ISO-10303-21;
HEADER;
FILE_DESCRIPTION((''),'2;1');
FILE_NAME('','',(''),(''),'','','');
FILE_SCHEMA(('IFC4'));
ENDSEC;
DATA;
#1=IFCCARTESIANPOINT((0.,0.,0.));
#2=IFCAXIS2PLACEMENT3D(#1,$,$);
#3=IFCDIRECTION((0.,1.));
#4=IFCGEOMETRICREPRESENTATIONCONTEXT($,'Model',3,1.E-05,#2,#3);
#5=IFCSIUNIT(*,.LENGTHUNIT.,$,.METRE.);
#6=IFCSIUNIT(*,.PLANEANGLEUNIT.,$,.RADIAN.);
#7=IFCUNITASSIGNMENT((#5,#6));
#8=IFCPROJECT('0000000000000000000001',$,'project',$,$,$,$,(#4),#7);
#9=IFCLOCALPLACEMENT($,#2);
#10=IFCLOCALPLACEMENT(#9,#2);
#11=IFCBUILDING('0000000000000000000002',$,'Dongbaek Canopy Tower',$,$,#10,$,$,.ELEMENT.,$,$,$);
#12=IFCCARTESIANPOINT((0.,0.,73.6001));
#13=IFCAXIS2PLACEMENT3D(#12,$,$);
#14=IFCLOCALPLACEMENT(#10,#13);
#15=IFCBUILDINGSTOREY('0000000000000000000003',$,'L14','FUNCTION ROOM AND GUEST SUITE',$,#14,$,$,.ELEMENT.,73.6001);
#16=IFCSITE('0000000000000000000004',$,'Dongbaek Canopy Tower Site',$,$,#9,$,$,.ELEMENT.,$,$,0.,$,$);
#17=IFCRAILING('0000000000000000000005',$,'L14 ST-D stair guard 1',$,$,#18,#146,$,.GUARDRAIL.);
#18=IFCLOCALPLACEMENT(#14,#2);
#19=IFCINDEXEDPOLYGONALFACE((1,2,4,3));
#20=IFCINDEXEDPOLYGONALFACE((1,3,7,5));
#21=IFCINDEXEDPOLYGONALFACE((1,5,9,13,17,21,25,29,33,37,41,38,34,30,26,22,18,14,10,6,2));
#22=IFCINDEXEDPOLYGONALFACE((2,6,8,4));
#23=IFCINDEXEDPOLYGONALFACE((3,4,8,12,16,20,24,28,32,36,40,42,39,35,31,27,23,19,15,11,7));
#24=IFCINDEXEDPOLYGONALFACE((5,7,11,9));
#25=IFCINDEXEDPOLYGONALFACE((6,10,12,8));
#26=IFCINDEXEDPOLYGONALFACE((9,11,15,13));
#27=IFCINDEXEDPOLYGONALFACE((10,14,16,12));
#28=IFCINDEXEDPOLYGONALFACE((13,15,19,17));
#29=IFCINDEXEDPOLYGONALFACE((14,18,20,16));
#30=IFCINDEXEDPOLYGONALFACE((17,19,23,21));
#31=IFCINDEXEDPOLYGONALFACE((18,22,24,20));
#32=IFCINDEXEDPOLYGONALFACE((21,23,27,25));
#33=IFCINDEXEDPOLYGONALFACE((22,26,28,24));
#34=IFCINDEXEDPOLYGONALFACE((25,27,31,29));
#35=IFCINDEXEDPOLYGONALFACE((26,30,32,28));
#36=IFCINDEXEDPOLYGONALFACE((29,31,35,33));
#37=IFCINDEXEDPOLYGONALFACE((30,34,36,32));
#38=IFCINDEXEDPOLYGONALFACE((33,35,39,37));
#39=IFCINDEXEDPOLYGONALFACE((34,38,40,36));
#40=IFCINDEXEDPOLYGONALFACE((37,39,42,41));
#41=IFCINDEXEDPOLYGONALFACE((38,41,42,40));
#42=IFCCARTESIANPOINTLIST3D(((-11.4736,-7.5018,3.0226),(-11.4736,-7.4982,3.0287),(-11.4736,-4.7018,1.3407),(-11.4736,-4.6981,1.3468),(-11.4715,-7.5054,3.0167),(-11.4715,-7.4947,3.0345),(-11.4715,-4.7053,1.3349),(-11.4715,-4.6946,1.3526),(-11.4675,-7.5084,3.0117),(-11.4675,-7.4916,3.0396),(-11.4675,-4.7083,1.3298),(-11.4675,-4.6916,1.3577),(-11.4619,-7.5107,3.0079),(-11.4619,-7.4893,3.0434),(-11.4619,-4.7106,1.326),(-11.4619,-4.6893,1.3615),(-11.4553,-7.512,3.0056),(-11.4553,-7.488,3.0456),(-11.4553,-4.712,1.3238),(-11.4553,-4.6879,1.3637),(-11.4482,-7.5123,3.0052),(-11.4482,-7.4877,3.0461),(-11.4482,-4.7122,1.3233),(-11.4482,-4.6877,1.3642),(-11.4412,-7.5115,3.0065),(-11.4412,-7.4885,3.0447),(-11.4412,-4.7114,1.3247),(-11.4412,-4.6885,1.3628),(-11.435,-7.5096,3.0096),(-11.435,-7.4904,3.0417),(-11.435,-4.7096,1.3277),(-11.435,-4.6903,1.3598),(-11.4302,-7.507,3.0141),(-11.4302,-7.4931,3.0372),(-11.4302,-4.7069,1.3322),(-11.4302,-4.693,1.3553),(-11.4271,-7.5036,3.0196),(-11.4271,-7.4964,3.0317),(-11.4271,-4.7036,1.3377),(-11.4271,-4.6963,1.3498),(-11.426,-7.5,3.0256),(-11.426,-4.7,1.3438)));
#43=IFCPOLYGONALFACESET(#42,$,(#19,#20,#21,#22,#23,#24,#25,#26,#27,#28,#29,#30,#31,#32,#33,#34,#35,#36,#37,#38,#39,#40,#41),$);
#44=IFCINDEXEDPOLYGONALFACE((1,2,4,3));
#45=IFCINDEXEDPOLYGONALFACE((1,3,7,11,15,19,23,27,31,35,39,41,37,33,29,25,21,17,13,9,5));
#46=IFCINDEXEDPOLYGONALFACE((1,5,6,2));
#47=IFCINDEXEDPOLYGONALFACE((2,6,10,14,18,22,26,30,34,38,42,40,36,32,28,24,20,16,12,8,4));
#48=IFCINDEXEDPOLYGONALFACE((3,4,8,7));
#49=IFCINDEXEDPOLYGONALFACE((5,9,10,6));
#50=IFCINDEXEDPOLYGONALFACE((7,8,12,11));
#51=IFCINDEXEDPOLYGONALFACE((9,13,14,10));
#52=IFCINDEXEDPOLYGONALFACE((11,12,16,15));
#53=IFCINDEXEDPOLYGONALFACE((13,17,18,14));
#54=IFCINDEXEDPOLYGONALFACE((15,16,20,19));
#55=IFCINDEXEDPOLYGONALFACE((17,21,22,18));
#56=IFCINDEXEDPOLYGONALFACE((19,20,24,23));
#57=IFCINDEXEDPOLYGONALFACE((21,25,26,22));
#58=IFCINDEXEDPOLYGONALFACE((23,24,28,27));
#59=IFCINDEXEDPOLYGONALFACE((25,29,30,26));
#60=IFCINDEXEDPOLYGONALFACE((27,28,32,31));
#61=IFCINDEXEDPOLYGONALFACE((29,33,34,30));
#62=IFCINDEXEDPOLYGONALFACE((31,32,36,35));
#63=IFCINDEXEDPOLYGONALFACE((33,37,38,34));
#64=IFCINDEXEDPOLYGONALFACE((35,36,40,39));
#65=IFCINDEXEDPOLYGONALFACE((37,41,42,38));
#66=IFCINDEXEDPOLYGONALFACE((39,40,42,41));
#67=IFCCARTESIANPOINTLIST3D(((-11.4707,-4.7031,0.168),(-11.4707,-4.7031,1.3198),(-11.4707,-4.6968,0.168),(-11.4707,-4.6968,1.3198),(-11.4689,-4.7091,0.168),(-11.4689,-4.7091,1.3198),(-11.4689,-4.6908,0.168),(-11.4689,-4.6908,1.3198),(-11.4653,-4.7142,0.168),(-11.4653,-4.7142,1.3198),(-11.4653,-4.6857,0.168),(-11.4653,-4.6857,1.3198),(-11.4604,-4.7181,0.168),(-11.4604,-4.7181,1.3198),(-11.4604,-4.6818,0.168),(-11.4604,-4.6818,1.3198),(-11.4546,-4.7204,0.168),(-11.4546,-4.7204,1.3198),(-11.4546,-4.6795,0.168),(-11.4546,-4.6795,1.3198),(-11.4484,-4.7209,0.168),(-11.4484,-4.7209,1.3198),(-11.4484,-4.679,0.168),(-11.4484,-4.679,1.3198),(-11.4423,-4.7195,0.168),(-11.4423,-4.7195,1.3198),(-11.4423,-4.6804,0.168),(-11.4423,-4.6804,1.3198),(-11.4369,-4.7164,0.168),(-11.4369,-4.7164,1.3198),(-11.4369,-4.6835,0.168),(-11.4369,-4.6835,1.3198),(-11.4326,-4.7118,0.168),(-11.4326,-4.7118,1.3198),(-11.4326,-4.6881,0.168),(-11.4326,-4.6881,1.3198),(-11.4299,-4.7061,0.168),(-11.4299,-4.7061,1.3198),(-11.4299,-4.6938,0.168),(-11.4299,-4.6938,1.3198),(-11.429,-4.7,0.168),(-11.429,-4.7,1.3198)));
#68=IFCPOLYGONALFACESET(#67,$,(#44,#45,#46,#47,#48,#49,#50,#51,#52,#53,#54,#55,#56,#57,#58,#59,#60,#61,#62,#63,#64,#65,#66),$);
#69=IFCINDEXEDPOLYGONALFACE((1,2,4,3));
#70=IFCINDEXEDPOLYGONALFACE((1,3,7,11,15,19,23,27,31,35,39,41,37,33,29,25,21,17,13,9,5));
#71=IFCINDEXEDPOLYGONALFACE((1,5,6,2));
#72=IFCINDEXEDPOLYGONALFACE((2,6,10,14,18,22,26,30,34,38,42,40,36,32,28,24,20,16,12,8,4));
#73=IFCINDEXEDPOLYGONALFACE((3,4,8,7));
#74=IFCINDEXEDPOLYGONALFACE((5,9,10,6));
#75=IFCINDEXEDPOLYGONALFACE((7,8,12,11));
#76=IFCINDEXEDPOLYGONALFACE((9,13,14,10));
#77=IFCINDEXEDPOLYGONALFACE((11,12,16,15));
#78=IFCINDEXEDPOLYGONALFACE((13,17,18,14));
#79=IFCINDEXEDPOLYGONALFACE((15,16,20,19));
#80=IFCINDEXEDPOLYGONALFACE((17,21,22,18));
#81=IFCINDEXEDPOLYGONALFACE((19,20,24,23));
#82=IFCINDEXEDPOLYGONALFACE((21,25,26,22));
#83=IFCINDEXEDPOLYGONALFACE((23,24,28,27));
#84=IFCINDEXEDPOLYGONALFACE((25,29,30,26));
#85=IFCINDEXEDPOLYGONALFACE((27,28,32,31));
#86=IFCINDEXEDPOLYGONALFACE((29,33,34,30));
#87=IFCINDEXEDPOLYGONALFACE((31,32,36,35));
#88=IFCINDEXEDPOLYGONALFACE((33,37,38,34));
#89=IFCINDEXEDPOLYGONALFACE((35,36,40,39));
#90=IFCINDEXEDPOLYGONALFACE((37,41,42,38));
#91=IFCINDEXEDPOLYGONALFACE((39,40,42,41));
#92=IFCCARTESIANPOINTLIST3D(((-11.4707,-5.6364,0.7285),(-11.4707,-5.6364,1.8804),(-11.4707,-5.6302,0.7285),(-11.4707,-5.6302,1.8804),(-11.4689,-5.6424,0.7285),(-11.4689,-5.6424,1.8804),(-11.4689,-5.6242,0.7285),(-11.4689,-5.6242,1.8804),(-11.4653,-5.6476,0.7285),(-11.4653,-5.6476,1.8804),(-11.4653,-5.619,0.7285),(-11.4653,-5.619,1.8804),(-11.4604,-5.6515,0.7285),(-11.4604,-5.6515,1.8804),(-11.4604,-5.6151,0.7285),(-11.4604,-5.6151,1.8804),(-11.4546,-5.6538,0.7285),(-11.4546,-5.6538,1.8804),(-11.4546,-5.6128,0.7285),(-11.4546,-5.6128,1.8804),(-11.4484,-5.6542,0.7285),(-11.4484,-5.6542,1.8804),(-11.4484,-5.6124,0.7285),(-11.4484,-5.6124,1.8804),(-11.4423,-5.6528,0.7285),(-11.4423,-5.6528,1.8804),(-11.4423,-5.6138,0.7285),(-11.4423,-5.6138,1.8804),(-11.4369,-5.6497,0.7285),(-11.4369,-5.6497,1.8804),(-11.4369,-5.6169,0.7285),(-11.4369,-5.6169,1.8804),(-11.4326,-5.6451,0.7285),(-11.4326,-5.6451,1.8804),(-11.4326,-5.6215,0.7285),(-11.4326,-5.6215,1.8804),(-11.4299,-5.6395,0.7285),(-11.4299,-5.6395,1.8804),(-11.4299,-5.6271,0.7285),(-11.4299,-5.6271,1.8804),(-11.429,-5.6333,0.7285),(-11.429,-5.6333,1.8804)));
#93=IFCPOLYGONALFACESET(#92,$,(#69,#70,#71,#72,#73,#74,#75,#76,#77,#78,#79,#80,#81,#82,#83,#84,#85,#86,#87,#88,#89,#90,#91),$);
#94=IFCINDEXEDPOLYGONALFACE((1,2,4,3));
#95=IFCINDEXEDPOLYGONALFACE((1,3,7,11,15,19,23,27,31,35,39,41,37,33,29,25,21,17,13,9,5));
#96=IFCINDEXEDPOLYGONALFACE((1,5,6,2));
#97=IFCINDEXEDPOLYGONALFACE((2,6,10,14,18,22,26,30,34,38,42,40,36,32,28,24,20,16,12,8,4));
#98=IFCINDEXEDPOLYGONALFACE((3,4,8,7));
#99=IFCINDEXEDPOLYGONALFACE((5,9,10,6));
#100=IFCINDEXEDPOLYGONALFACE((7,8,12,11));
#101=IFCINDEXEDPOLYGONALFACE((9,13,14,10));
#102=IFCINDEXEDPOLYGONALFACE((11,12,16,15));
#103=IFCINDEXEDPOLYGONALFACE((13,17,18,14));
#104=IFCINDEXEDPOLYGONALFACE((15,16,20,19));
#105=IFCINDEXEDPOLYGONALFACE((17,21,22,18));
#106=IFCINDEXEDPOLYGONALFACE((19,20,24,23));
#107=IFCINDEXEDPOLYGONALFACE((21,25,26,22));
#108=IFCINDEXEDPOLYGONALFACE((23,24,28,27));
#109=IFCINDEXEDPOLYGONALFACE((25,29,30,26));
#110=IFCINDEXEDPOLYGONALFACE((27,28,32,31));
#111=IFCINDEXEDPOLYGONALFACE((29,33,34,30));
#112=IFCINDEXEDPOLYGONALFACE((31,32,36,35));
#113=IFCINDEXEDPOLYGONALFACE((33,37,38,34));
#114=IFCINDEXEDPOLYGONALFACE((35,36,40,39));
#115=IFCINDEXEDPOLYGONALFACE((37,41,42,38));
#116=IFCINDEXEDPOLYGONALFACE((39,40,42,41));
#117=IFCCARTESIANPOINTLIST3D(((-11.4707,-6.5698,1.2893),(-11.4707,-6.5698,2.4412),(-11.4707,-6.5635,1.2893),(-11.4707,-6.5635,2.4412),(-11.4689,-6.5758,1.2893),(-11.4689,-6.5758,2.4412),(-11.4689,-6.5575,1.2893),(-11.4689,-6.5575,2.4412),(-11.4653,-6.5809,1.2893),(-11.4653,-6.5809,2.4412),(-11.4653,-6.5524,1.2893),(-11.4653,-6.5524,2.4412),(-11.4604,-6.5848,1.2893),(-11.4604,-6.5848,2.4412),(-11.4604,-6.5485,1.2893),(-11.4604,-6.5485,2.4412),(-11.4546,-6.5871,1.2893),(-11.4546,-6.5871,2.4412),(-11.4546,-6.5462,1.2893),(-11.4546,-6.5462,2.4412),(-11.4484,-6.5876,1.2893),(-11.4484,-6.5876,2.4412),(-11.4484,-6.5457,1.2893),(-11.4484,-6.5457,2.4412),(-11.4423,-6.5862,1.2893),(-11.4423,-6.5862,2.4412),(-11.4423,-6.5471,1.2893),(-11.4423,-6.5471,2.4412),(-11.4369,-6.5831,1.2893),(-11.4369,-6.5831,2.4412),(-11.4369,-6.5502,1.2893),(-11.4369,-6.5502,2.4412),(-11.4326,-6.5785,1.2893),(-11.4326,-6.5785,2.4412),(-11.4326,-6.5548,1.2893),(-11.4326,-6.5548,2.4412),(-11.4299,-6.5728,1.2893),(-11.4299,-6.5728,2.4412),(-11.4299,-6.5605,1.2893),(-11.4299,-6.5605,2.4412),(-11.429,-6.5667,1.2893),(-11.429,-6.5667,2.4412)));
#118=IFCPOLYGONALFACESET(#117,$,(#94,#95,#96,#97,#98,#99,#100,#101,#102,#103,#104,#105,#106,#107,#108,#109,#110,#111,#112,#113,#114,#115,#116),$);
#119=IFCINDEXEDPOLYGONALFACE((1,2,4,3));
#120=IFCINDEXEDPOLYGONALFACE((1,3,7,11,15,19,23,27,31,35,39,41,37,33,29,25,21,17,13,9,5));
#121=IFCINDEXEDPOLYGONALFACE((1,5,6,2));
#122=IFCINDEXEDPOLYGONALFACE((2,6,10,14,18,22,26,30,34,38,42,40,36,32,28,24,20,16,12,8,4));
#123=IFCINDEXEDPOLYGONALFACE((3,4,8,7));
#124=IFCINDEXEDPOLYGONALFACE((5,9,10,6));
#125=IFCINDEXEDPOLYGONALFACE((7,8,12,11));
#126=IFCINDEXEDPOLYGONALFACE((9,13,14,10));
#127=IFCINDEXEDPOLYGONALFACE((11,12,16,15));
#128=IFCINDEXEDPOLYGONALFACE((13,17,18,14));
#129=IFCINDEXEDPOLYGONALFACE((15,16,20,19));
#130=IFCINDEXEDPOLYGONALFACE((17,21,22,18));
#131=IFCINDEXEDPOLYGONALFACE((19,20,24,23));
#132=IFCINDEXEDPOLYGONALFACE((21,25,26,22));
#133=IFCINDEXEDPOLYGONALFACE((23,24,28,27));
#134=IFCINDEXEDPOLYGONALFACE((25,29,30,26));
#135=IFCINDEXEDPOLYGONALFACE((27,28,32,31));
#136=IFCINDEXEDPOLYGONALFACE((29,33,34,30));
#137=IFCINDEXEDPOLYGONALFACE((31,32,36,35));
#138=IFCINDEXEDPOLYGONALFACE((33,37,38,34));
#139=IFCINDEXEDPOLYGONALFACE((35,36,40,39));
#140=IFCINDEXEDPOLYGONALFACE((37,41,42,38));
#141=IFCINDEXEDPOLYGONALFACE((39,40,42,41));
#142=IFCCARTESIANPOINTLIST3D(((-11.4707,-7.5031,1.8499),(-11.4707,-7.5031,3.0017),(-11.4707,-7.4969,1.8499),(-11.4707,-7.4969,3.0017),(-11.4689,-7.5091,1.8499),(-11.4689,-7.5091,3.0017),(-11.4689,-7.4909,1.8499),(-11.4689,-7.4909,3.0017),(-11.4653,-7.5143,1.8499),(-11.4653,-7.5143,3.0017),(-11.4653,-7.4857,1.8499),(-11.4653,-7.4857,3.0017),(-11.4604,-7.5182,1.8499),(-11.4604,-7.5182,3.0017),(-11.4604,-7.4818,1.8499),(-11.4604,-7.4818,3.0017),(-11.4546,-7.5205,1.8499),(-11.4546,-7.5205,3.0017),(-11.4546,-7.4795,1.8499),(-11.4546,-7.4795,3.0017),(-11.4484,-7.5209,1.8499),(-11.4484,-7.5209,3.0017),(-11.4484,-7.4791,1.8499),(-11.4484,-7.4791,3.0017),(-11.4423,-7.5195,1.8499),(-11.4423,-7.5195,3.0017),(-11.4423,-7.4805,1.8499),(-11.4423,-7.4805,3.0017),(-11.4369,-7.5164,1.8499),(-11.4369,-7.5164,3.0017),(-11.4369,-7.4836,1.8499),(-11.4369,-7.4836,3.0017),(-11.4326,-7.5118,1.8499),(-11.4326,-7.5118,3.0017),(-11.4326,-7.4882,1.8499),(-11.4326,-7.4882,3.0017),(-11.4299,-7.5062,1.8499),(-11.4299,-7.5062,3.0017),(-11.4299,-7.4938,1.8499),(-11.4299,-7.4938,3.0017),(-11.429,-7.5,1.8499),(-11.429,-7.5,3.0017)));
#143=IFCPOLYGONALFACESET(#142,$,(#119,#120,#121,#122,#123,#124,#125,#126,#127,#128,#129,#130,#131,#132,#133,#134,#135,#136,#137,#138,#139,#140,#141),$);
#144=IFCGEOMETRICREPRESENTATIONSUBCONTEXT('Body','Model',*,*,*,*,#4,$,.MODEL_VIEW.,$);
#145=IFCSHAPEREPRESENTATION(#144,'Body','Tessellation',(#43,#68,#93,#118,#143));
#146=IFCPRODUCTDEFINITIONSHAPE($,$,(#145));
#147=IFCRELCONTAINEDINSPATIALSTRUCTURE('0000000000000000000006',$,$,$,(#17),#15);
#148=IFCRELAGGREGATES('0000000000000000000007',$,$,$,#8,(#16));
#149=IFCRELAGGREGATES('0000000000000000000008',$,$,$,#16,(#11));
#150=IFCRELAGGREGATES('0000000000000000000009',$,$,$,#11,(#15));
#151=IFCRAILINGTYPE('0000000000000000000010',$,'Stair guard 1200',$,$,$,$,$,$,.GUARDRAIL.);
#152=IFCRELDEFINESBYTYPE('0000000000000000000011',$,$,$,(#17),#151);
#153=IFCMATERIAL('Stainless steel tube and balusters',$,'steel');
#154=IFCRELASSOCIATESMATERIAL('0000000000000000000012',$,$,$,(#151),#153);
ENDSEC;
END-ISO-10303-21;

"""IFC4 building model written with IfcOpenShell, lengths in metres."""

from ifc_helpers import new_model, si_unit, direction, frame, origin, origin_2d, place, context, subcontext, project, spatial, circle, extrude, material, type_object, element, save


model = new_model("IFC4")

# Units and contexts
model_context = context("Model", 3, precision=1e-05, world=origin(), true_north=direction((0.0, 1.0)))
body_context = subcontext(model_context, "Body", "Model", "MODEL_VIEW")
ifc_project = project(units=[si_unit("LENGTHUNIT", "METRE"), si_unit("PLANEANGLEUNIT", "RADIAN")], contexts=[model_context])

# Site, building, storey
site_placement = place(None, origin())
site = spatial("IfcSite", under=ifc_project, at=site_placement, Name="Dongbaek Canopy Tower Site", CompositionType="ELEMENT", RefElevation=0.0)
building_placement = place(site_placement, origin())
building = spatial("IfcBuilding", under=site, at=building_placement, Name="Dongbaek Canopy Tower", CompositionType="ELEMENT")
storey_placement = place(building_placement, frame((0.0, 0.0, 73.6001)))
storey = spatial("IfcBuildingStorey", under=building, at=storey_placement, Name="L14", Description="FUNCTION ROOM AND GUEST SUITE", CompositionType="ELEMENT", Elevation=73.6001)

# Railing
ifc_material_1 = material(Name="Stainless steel tube and balusters", Category="steel")
railing_type_1 = type_object("IfcRailingType", Name="Stair guard 1200", PredefinedType="GUARDRAIL", material=ifc_material_1)
railing_1_placement = place(storey_placement, frame((-11.45, -4.7, 0.168)))
element("IfcRailing", 1, at=railing_1_placement, inside=storey, type_object=railing_type_1, Name="L14 ST-D stair guard 1", PredefinedType="GUARDRAIL", context=body_context, shape_type="SweptSolid", body=[
    extrude(circle(Radius=0.0239, at=origin_2d()), frame((0.0, 0.0, 1.1758), z_axis=(0.0, -0.857242, 0.514913), x_axis=(1.0, 0.0, 0.0)), (0.0, 0.0, 1.0), 3.2664),
    extrude(circle(Radius=0.021, at=origin_2d()), origin(), (0.0, 0.0, 1.0), 1.1519),
    extrude(circle(Radius=0.021, at=origin_2d()), frame((0.0, -0.9333, 0.5605)), (0.0, 0.0, 1.0), 1.1519),
    extrude(circle(Radius=0.021, at=origin_2d()), frame((0.0, -1.8667, 1.1213)), (0.0, 0.0, 1.0), 1.1519),
    extrude(circle(Radius=0.021, at=origin_2d()), frame((0.0, -2.8, 1.6819)), (0.0, 0.0, 1.0), 1.1519),
])

save(model, "model.ifc")
